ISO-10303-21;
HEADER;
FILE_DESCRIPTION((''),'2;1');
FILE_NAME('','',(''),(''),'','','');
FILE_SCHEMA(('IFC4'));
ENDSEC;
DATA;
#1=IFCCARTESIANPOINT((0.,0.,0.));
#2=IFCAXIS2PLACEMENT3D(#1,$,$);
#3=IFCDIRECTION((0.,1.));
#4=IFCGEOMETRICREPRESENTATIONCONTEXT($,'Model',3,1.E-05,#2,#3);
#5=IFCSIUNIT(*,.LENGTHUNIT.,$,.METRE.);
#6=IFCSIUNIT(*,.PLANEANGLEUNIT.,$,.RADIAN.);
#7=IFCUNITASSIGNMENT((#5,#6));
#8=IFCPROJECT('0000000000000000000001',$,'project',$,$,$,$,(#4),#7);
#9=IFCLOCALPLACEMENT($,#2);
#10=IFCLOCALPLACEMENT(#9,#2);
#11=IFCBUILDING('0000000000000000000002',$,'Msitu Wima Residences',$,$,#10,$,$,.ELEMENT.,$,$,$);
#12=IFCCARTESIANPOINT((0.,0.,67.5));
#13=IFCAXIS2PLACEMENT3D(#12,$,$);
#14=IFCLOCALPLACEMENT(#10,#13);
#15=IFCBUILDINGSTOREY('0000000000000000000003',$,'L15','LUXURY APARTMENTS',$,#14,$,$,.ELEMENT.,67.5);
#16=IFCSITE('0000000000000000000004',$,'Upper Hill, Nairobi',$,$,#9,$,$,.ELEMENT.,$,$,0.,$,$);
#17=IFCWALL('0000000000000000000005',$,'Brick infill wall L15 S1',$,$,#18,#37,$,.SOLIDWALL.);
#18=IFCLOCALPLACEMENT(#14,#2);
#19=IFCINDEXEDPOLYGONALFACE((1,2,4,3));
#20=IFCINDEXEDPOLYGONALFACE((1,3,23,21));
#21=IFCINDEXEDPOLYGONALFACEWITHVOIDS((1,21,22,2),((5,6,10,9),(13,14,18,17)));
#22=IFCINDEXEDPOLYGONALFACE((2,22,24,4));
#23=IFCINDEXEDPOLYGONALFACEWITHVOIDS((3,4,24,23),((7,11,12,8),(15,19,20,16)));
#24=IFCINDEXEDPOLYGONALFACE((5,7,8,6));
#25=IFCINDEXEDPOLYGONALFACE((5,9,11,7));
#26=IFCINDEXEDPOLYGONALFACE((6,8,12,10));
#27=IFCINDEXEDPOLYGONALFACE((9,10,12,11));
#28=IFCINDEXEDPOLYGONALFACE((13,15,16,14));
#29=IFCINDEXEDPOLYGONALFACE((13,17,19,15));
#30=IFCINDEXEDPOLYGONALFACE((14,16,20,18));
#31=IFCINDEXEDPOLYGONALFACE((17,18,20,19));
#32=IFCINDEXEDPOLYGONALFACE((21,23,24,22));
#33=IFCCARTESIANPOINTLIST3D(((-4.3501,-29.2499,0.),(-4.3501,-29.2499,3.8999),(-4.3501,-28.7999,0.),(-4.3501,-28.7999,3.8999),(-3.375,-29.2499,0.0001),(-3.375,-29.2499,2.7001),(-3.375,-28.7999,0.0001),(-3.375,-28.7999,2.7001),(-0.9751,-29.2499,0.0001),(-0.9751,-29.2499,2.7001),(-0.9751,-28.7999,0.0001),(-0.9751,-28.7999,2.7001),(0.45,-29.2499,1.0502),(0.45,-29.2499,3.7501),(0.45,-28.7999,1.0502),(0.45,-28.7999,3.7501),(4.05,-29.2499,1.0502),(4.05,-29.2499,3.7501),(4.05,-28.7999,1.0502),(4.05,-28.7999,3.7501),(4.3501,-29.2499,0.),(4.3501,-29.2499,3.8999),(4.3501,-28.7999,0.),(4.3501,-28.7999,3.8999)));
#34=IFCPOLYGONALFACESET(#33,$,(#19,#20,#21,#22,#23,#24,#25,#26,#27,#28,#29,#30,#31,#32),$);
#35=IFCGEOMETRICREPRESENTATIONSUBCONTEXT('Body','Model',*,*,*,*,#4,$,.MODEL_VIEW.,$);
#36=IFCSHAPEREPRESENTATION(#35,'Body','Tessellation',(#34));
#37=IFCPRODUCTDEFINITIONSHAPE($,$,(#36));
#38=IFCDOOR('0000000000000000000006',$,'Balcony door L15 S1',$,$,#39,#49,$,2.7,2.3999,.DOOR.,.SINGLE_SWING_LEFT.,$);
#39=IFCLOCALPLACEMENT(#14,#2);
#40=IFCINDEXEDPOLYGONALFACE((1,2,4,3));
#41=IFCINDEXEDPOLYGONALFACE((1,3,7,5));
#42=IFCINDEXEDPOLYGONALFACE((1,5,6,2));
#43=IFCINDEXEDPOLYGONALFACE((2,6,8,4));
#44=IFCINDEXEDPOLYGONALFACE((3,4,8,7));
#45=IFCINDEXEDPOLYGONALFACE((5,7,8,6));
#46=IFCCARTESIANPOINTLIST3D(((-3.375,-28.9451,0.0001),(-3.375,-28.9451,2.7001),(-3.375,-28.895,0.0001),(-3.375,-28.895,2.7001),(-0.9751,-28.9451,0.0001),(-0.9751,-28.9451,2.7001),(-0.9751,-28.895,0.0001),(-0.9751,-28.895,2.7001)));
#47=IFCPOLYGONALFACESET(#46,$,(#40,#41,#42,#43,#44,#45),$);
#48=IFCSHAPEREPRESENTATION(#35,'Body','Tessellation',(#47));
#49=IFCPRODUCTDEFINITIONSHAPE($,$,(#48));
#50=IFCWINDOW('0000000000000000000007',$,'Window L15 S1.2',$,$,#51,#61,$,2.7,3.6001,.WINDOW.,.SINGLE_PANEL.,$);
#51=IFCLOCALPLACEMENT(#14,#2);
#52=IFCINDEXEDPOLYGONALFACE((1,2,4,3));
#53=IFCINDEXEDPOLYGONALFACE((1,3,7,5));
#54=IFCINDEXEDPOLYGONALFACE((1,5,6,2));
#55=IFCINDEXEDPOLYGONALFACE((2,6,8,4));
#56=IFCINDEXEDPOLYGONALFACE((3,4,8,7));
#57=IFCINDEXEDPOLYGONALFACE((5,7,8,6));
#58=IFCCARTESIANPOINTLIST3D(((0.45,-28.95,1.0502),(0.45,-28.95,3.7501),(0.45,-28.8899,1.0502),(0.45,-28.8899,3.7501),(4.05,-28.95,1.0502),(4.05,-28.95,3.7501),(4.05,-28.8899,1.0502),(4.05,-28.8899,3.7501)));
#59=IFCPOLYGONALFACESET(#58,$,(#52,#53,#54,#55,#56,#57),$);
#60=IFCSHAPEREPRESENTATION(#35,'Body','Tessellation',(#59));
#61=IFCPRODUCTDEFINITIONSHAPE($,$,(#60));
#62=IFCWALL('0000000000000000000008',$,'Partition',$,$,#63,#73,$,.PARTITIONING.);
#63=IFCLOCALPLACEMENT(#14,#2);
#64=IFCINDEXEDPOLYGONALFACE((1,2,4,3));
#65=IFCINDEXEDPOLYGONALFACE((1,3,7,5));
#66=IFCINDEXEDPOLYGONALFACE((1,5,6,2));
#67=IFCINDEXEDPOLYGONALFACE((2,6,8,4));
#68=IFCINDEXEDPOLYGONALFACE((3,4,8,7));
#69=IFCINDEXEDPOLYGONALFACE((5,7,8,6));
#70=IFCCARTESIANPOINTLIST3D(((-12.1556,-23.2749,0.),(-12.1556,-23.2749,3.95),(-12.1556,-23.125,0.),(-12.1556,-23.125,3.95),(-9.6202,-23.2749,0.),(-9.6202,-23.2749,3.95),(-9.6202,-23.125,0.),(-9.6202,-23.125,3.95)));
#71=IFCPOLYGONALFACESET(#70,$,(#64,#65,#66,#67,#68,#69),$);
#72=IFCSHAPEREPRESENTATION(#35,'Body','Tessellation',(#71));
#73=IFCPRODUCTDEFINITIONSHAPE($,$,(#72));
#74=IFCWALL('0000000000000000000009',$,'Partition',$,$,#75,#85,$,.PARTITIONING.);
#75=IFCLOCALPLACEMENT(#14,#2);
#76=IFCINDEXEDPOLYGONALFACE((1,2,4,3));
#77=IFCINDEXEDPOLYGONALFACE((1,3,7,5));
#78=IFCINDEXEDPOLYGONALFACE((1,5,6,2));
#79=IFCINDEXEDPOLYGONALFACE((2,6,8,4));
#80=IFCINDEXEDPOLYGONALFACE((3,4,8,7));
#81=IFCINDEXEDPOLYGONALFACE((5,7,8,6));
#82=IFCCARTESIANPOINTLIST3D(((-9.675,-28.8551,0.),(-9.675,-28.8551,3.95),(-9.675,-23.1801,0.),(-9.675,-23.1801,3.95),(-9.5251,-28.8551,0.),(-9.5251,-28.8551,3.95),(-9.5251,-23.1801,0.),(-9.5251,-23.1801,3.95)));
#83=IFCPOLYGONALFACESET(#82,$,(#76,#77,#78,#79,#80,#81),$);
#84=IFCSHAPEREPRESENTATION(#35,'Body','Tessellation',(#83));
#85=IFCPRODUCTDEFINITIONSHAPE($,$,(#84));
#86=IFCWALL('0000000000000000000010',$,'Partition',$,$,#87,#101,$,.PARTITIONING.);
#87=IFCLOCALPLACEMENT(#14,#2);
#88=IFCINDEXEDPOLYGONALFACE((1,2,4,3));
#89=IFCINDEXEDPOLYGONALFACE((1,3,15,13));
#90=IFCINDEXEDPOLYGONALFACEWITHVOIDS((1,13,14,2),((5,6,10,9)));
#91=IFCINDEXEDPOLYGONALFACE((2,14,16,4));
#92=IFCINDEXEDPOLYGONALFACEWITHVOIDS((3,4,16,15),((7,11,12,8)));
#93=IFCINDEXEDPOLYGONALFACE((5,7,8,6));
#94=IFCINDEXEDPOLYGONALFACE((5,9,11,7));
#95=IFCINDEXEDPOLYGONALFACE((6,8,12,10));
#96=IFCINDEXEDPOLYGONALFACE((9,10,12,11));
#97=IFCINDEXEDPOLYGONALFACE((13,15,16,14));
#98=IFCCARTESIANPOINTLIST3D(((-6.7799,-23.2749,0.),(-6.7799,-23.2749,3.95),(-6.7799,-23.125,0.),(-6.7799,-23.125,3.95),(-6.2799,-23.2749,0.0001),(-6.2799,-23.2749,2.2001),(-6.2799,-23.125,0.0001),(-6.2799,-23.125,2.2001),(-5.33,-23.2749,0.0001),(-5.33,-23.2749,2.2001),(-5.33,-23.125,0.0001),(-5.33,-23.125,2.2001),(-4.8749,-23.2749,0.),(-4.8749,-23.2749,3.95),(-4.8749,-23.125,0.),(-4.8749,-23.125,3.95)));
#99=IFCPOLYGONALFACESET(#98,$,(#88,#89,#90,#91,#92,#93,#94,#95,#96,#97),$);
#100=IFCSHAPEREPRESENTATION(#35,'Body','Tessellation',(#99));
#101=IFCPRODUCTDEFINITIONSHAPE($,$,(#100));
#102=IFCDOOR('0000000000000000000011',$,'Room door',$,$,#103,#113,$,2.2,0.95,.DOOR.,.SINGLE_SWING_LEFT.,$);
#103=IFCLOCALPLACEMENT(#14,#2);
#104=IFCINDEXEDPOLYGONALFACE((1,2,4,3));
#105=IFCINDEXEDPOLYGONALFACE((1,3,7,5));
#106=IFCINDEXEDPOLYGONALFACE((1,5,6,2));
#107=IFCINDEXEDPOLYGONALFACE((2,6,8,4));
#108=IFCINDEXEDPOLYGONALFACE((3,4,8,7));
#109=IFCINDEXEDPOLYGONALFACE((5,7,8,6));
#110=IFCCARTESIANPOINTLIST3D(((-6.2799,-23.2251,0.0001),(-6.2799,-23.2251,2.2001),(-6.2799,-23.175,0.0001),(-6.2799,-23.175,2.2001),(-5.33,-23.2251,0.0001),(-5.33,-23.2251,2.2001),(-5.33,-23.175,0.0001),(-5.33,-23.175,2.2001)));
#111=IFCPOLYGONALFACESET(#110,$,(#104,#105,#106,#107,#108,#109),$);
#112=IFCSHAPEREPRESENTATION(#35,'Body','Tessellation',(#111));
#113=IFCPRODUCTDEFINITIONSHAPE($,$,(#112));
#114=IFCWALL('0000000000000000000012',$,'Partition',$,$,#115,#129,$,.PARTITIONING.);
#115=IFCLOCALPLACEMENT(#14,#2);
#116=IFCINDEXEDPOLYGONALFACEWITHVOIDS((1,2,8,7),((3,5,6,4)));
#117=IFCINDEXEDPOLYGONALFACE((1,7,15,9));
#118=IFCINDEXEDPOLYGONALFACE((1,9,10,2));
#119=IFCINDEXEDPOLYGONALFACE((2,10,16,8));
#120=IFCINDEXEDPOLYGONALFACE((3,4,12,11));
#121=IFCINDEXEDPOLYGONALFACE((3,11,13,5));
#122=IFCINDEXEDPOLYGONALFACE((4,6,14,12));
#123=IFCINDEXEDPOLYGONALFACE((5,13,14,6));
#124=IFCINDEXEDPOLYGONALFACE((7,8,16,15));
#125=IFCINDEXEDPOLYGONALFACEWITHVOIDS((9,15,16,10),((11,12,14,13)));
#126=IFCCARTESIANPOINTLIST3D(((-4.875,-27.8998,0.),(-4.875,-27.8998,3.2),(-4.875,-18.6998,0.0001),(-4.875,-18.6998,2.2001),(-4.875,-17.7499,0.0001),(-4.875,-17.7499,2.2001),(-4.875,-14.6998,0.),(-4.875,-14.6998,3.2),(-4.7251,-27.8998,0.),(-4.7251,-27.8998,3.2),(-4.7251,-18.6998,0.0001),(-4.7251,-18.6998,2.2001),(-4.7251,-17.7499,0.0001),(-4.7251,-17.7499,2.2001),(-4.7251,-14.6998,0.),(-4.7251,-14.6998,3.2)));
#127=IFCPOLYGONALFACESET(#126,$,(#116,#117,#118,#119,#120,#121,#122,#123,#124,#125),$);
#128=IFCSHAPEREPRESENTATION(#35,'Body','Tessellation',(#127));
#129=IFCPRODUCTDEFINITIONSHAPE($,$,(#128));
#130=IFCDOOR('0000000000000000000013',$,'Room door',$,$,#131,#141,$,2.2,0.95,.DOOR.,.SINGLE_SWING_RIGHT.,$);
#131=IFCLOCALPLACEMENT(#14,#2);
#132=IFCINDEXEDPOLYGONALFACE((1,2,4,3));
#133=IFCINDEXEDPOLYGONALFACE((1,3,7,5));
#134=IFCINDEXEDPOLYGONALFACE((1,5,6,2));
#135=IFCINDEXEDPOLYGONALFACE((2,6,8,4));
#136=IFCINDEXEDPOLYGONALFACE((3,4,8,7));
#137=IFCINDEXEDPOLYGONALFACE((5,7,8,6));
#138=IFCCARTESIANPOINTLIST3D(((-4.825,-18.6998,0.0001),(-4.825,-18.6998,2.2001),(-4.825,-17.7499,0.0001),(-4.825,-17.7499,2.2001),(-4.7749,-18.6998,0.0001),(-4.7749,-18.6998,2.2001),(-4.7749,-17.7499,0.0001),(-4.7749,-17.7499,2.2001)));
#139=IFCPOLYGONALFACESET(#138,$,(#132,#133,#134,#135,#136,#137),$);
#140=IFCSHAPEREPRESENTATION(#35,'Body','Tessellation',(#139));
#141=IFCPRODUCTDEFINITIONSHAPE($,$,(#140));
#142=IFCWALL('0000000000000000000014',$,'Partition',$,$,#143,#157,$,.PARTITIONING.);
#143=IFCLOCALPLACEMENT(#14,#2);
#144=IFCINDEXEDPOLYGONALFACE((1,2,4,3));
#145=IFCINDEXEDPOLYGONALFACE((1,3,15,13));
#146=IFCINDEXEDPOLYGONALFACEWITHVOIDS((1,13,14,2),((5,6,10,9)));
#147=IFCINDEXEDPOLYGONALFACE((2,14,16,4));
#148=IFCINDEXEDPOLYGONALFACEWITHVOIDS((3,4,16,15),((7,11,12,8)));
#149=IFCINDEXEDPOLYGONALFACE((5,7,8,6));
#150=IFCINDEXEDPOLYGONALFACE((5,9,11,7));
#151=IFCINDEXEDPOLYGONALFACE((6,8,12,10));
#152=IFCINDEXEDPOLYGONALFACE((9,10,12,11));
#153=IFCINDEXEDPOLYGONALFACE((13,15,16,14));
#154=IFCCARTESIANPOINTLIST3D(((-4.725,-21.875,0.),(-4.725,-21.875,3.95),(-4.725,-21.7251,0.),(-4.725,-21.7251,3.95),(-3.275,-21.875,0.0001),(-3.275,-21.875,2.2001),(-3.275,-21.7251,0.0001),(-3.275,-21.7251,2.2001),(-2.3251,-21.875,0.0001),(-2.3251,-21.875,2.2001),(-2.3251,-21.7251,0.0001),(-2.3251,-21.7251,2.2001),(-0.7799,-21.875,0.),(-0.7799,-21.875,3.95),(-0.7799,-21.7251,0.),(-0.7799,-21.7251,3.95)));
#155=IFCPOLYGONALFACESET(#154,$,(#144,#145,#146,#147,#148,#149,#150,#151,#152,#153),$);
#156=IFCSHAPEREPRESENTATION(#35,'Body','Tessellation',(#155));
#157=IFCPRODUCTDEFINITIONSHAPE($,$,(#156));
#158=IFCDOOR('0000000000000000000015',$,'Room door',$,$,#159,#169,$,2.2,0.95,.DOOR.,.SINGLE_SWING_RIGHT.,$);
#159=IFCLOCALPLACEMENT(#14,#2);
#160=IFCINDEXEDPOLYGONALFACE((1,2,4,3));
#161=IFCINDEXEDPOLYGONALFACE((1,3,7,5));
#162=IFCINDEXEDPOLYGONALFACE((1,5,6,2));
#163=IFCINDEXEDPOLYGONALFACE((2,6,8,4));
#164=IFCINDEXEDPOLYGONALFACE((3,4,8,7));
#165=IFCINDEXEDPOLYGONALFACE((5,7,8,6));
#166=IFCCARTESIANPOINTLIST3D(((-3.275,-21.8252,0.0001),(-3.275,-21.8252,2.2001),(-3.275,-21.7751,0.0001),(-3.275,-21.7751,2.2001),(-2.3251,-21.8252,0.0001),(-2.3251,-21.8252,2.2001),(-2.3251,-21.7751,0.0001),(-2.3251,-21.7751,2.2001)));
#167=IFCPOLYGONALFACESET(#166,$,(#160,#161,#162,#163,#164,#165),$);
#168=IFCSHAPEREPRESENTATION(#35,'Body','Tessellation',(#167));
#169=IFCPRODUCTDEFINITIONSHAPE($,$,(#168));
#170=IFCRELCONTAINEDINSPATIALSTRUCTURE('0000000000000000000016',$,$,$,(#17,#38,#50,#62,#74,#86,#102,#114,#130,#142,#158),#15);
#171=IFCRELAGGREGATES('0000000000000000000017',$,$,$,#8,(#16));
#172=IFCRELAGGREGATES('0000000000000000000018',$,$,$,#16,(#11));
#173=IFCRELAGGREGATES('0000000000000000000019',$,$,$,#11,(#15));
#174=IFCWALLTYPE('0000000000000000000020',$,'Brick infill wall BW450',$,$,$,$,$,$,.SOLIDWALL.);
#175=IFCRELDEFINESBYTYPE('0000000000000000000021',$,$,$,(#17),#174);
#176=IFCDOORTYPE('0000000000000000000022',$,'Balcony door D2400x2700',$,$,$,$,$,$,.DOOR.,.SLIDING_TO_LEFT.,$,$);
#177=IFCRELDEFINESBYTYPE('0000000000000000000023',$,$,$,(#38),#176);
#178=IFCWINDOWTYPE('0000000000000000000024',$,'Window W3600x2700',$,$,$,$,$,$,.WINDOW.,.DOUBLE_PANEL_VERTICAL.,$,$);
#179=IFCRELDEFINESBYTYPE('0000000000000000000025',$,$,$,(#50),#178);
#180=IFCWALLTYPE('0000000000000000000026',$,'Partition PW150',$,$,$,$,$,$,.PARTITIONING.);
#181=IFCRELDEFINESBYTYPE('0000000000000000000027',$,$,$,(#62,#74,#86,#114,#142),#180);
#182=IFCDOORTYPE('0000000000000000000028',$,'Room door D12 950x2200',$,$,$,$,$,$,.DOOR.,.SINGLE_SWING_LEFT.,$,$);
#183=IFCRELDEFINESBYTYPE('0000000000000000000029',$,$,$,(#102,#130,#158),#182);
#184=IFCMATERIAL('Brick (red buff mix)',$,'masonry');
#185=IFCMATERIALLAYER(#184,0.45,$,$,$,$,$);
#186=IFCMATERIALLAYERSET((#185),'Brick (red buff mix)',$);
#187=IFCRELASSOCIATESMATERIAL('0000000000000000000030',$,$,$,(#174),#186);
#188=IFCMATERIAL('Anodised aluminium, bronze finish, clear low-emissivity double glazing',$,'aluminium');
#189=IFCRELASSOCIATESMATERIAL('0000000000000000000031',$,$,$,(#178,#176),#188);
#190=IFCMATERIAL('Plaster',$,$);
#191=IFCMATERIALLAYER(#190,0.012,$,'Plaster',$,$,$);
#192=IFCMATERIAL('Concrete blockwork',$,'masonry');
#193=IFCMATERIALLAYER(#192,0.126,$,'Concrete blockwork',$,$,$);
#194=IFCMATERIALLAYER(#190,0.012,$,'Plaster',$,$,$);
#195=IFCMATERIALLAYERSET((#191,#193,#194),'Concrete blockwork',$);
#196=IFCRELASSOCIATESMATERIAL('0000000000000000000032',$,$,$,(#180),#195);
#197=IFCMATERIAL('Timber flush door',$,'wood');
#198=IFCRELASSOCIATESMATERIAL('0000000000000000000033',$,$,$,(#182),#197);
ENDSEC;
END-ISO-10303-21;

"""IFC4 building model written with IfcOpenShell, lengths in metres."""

from ifc_helpers import new_model, si_unit, direction, frame, frame_2d, origin, place, context, subcontext, project, spatial, rectangle, extrude, material, layer, layer_set, type_object, element, fill, save


model = new_model("IFC4")

# Units and contexts
model_context = context("Model", 3, precision=1e-05, world=origin(), true_north=direction((0.0, 1.0)))
body_context = subcontext(model_context, "Body", "Model", "MODEL_VIEW")
ifc_project = project(units=[si_unit("LENGTHUNIT", "METRE"), si_unit("PLANEANGLEUNIT", "RADIAN")], contexts=[model_context])

# Site, building, storey
site_placement = place(None, origin())
site = spatial("IfcSite", under=ifc_project, at=site_placement, Name="Upper Hill, Nairobi", CompositionType="ELEMENT", RefElevation=0.0)
building_placement = place(site_placement, origin())
building = spatial("IfcBuilding", under=site, at=building_placement, Name="Msitu Wima Residences", CompositionType="ELEMENT")
storey_placement = place(building_placement, frame((0.0, 0.0, 67.5)))
storey = spatial("IfcBuildingStorey", under=building, at=storey_placement, Name="L15", Description="LUXURY APARTMENTS", CompositionType="ELEMENT", Elevation=67.5)

# Shared definitions
ifc_material_1 = material(Name="Brick (red buff mix)", Category="masonry")
ifc_layer_1 = layer(ifc_material_1, 0.45)
ifc_layer_set_1 = layer_set([ifc_layer_1], Name="Brick (red buff mix)")
wall_type_1 = type_object("IfcWallType", Name="Brick infill wall BW450", PredefinedType="SOLIDWALL", material=ifc_layer_set_1)
ifc_material_2 = material(Name="Anodised aluminium, bronze finish, clear low-emissivity double glazing", Category="aluminium")
window_type = type_object("IfcWindowType", Name="Window W3600x2700", PartitioningType="DOUBLE_PANEL_VERTICAL", PredefinedType="WINDOW", material=ifc_material_2)

# Wall, openings, door, window
wall_1_placement = place(storey_placement, frame((-4.3501, -29.0249, 0.0), z_axis=(0.0, 0.0, 1.0), x_axis=(1.0, 0.0, 0.0)))
wall_1 = element("IfcWall", 1, at=wall_1_placement, inside=storey, type_object=wall_type_1, Name="Brick infill wall L15 S1", PredefinedType="SOLIDWALL", context=body_context, shape_type="SweptSolid", body=[
    extrude(rectangle(XDim=8.7002, YDim=0.45, at=frame_2d((4.3501, 0.0))), origin(), (0.0, 0.0, 1.0), 3.8999),
])
opening_1_placement = place(wall_1_placement, frame((0.9751, 0.0, 0.0)))
opening_1 = element("IfcOpeningElement", 2, at=opening_1_placement, cuts=wall_1, PredefinedType="OPENING", context=body_context, shape_type="SweptSolid", body=[
    extrude(rectangle(XDim=2.3999, YDim=2.7, at=frame_2d((1.2, 1.3501))), frame((0.0, 0.2349, 0.0), z_axis=(0.0, -1.0, 0.0), x_axis=(1.0, 0.0, 0.0)), (0.0, 0.0, 1.0), 0.47),
])
opening_2_placement = place(wall_1_placement, frame((4.8, 0.0, 1.05)))
opening_2 = element("IfcOpeningElement", 3, at=opening_2_placement, cuts=wall_1, PredefinedType="OPENING", context=body_context, shape_type="SweptSolid", body=[
    extrude(rectangle(XDim=3.6001, YDim=2.7, at=frame_2d((1.8, 1.3501))), frame((0.0, 0.2349, 0.0), z_axis=(0.0, -1.0, 0.0), x_axis=(1.0, 0.0, 0.0)), (0.0, 0.0, 1.0), 0.47),
])
door_type_1 = type_object("IfcDoorType", Name="Balcony door D2400x2700", OperationType="SLIDING_TO_LEFT", PredefinedType="DOOR", material=ifc_material_2)
door_1_placement = place(opening_1_placement, origin())
door_1 = element("IfcDoor", 4, at=door_1_placement, inside=storey, type_object=door_type_1, Name="Balcony door L15 S1", OperationType="SINGLE_SWING_LEFT", OverallHeight=2.7, OverallWidth=2.3999, PredefinedType="DOOR", context=body_context, shape_type="SweptSolid", body=[
    extrude(rectangle(XDim=2.3999, YDim=2.7, at=frame_2d((1.2, 1.3501))), frame((0.0, 0.1299, 0.0), z_axis=(0.0, -1.0, 0.0), x_axis=(1.0, 0.0, 0.0)), (0.0, 0.0, 1.0), 0.05),
])
fill(opening_1, door_1)
window_1_placement = place(opening_2_placement, origin())
window_1 = element("IfcWindow", 5, at=window_1_placement, inside=storey, type_object=window_type, Name="Window L15 S1.2", OverallHeight=2.7, OverallWidth=3.6001, PartitioningType="SINGLE_PANEL", PredefinedType="WINDOW", context=body_context, shape_type="SweptSolid", body=[
    extrude(rectangle(XDim=3.6001, YDim=2.7, at=frame_2d((1.8, 1.3501))), frame((0.0, 0.135, 0.0), z_axis=(0.0, -1.0, 0.0), x_axis=(1.0, 0.0, 0.0)), (0.0, 0.0, 1.0), 0.0601),
])
fill(opening_2, window_1)

# Walls
ifc_material_3 = material(Name="Plaster")
ifc_layer_2 = layer(ifc_material_3, 0.012, Name="Plaster")
ifc_material_4 = material(Name="Concrete blockwork", Category="masonry")
ifc_layer_3 = layer(ifc_material_4, 0.126, Name="Concrete blockwork")
ifc_layer_4 = layer(ifc_material_3, 0.012, Name="Plaster")
ifc_layer_set_2 = layer_set([ifc_layer_2, ifc_layer_3, ifc_layer_4], Name="Concrete blockwork")
wall_type_2 = type_object("IfcWallType", Name="Partition PW150", PredefinedType="PARTITIONING", material=ifc_layer_set_2)
wall_2_placement = place(storey_placement, frame((-12.1555, -23.2, 0.0), z_axis=(0.0, 0.0, 1.0), x_axis=(1.0, 0.0, 0.0)))
element("IfcWall", 6, at=wall_2_placement, inside=storey, type_object=wall_type_2, Name="Partition", PredefinedType="PARTITIONING", context=body_context, shape_type="SweptSolid", body=[
    extrude(rectangle(XDim=2.5354, YDim=0.1499, at=frame_2d((1.2676, 0.0))), origin(), (0.0, 0.0, 1.0), 3.95),
])
wall_3_placement = place(storey_placement, frame((-9.6001, -28.855, 0.0), z_axis=(0.0, 0.0, 1.0), x_axis=(0.0, 1.0, 0.0)))
element("IfcWall", 7, at=wall_3_placement, inside=storey, type_object=wall_type_2, Name="Partition", PredefinedType="PARTITIONING", context=body_context, shape_type="SweptSolid", body=[
    extrude(rectangle(XDim=5.675, YDim=0.1499, at=frame_2d((2.8374, 0.0))), origin(), (0.0, 0.0, 1.0), 3.95),
])

# Walls, openings, doors
wall_4_placement = place(storey_placement, frame((-6.78, -23.2, 0.0), z_axis=(0.0, 0.0, 1.0), x_axis=(1.0, 0.0, 0.0)))
wall_4 = element("IfcWall", 8, at=wall_4_placement, inside=storey, type_object=wall_type_2, Name="Partition", PredefinedType="PARTITIONING", context=body_context, shape_type="SweptSolid", body=[
    extrude(rectangle(XDim=1.905, YDim=0.1499, at=frame_2d((0.9526, 0.0))), origin(), (0.0, 0.0, 1.0), 3.95),
])
opening_3_placement = place(wall_4_placement, frame((0.5, 0.0, 0.0)))
opening_3 = element("IfcOpeningElement", 9, at=opening_3_placement, cuts=wall_4, PredefinedType="OPENING", context=body_context, shape_type="SweptSolid", body=[
    extrude(rectangle(XDim=0.95, YDim=2.2, at=frame_2d((0.4751, 1.1001))), frame((0.0, 0.085, 0.0), z_axis=(0.0, -1.0, 0.0), x_axis=(1.0, 0.0, 0.0)), (0.0, 0.0, 1.0), 0.1699),
])
ifc_material_5 = material(Name="Timber flush door", Category="wood")
door_type_2 = type_object("IfcDoorType", Name="Room door D12 950x2200", OperationType="SINGLE_SWING_LEFT", PredefinedType="DOOR", material=ifc_material_5)
door_2_placement = place(opening_3_placement, origin())
door_2 = element("IfcDoor", 10, at=door_2_placement, inside=storey, type_object=door_type_2, Name="Room door", OperationType="SINGLE_SWING_LEFT", OverallHeight=2.2, OverallWidth=0.95, PredefinedType="DOOR", context=body_context, shape_type="SweptSolid", body=[
    extrude(rectangle(XDim=0.95, YDim=2.2, at=frame_2d((0.4751, 1.1001))), frame((0.0, 0.0249, 0.0), z_axis=(0.0, -1.0, 0.0), x_axis=(1.0, 0.0, 0.0)), (0.0, 0.0, 1.0), 0.05),
])
fill(opening_3, door_2)
wall_5_placement = place(storey_placement, frame((-4.8, -27.8999, 0.0), z_axis=(0.0, 0.0, 1.0), x_axis=(0.0, 1.0, 0.0)))
wall_5 = element("IfcWall", 11, at=wall_5_placement, inside=storey, type_object=wall_type_2, Name="Partition", PredefinedType="PARTITIONING", context=body_context, shape_type="SweptSolid", body=[
    extrude(rectangle(XDim=13.2, YDim=0.1499, at=frame_2d((6.6001, 0.0))), origin(), (0.0, 0.0, 1.0), 3.2),
])
opening_4_placement = place(wall_5_placement, frame((9.2, 0.0, 0.0)))
opening_4 = element("IfcOpeningElement", 12, at=opening_4_placement, cuts=wall_5, PredefinedType="OPENING", context=body_context, shape_type="SweptSolid", body=[
    extrude(rectangle(XDim=0.95, YDim=2.2, at=frame_2d((0.4751, 1.1001))), frame((0.0, 0.085, 0.0), z_axis=(0.0, -1.0, 0.0), x_axis=(1.0, 0.0, 0.0)), (0.0, 0.0, 1.0), 0.1699),
])
door_3_placement = place(opening_4_placement, origin())
door_3 = element("IfcDoor", 13, at=door_3_placement, inside=storey, type_object=door_type_2, Name="Room door", OperationType="SINGLE_SWING_RIGHT", OverallHeight=2.2, OverallWidth=0.95, PredefinedType="DOOR", context=body_context, shape_type="SweptSolid", body=[
    extrude(rectangle(XDim=0.95, YDim=2.2, at=frame_2d((0.4751, 1.1001))), frame((0.0, 0.0249, 0.0), z_axis=(0.0, -1.0, 0.0), x_axis=(1.0, 0.0, 0.0)), (0.0, 0.0, 1.0), 0.05),
])
fill(opening_4, door_3)
wall_6_placement = place(storey_placement, frame((-4.7251, -21.8, 0.0), z_axis=(0.0, 0.0, 1.0), x_axis=(1.0, 0.0, 0.0)))
wall_6 = element("IfcWall", 14, at=wall_6_placement, inside=storey, type_object=wall_type_2, Name="Partition", PredefinedType="PARTITIONING", context=body_context, shape_type="SweptSolid", body=[
    extrude(rectangle(XDim=3.9451, YDim=0.1499, at=frame_2d((1.9727, 0.0))), origin(), (0.0, 0.0, 1.0), 3.95),
])
opening_5_placement = place(wall_6_placement, frame((1.45, 0.0, 0.0)))
opening_5 = element("IfcOpeningElement", 15, at=opening_5_placement, cuts=wall_6, PredefinedType="OPENING", context=body_context, shape_type="SweptSolid", body=[
    extrude(rectangle(XDim=0.95, YDim=2.2, at=frame_2d((0.4751, 1.1001))), frame((0.0, 0.085, 0.0), z_axis=(0.0, -1.0, 0.0), x_axis=(1.0, 0.0, 0.0)), (0.0, 0.0, 1.0), 0.1699),
])
door_4_placement = place(opening_5_placement, origin())
door_4 = element("IfcDoor", 16, at=door_4_placement, inside=storey, type_object=door_type_2, Name="Room door", OperationType="SINGLE_SWING_RIGHT", OverallHeight=2.2, OverallWidth=0.95, PredefinedType="DOOR", context=body_context, shape_type="SweptSolid", body=[
    extrude(rectangle(XDim=0.95, YDim=2.2, at=frame_2d((0.4751, 1.1001))), frame((0.0, 0.0249, 0.0), z_axis=(0.0, -1.0, 0.0), x_axis=(1.0, 0.0, 0.0)), (0.0, 0.0, 1.0), 0.05),
])
fill(opening_5, door_4)

save(model, "model.ifc")
